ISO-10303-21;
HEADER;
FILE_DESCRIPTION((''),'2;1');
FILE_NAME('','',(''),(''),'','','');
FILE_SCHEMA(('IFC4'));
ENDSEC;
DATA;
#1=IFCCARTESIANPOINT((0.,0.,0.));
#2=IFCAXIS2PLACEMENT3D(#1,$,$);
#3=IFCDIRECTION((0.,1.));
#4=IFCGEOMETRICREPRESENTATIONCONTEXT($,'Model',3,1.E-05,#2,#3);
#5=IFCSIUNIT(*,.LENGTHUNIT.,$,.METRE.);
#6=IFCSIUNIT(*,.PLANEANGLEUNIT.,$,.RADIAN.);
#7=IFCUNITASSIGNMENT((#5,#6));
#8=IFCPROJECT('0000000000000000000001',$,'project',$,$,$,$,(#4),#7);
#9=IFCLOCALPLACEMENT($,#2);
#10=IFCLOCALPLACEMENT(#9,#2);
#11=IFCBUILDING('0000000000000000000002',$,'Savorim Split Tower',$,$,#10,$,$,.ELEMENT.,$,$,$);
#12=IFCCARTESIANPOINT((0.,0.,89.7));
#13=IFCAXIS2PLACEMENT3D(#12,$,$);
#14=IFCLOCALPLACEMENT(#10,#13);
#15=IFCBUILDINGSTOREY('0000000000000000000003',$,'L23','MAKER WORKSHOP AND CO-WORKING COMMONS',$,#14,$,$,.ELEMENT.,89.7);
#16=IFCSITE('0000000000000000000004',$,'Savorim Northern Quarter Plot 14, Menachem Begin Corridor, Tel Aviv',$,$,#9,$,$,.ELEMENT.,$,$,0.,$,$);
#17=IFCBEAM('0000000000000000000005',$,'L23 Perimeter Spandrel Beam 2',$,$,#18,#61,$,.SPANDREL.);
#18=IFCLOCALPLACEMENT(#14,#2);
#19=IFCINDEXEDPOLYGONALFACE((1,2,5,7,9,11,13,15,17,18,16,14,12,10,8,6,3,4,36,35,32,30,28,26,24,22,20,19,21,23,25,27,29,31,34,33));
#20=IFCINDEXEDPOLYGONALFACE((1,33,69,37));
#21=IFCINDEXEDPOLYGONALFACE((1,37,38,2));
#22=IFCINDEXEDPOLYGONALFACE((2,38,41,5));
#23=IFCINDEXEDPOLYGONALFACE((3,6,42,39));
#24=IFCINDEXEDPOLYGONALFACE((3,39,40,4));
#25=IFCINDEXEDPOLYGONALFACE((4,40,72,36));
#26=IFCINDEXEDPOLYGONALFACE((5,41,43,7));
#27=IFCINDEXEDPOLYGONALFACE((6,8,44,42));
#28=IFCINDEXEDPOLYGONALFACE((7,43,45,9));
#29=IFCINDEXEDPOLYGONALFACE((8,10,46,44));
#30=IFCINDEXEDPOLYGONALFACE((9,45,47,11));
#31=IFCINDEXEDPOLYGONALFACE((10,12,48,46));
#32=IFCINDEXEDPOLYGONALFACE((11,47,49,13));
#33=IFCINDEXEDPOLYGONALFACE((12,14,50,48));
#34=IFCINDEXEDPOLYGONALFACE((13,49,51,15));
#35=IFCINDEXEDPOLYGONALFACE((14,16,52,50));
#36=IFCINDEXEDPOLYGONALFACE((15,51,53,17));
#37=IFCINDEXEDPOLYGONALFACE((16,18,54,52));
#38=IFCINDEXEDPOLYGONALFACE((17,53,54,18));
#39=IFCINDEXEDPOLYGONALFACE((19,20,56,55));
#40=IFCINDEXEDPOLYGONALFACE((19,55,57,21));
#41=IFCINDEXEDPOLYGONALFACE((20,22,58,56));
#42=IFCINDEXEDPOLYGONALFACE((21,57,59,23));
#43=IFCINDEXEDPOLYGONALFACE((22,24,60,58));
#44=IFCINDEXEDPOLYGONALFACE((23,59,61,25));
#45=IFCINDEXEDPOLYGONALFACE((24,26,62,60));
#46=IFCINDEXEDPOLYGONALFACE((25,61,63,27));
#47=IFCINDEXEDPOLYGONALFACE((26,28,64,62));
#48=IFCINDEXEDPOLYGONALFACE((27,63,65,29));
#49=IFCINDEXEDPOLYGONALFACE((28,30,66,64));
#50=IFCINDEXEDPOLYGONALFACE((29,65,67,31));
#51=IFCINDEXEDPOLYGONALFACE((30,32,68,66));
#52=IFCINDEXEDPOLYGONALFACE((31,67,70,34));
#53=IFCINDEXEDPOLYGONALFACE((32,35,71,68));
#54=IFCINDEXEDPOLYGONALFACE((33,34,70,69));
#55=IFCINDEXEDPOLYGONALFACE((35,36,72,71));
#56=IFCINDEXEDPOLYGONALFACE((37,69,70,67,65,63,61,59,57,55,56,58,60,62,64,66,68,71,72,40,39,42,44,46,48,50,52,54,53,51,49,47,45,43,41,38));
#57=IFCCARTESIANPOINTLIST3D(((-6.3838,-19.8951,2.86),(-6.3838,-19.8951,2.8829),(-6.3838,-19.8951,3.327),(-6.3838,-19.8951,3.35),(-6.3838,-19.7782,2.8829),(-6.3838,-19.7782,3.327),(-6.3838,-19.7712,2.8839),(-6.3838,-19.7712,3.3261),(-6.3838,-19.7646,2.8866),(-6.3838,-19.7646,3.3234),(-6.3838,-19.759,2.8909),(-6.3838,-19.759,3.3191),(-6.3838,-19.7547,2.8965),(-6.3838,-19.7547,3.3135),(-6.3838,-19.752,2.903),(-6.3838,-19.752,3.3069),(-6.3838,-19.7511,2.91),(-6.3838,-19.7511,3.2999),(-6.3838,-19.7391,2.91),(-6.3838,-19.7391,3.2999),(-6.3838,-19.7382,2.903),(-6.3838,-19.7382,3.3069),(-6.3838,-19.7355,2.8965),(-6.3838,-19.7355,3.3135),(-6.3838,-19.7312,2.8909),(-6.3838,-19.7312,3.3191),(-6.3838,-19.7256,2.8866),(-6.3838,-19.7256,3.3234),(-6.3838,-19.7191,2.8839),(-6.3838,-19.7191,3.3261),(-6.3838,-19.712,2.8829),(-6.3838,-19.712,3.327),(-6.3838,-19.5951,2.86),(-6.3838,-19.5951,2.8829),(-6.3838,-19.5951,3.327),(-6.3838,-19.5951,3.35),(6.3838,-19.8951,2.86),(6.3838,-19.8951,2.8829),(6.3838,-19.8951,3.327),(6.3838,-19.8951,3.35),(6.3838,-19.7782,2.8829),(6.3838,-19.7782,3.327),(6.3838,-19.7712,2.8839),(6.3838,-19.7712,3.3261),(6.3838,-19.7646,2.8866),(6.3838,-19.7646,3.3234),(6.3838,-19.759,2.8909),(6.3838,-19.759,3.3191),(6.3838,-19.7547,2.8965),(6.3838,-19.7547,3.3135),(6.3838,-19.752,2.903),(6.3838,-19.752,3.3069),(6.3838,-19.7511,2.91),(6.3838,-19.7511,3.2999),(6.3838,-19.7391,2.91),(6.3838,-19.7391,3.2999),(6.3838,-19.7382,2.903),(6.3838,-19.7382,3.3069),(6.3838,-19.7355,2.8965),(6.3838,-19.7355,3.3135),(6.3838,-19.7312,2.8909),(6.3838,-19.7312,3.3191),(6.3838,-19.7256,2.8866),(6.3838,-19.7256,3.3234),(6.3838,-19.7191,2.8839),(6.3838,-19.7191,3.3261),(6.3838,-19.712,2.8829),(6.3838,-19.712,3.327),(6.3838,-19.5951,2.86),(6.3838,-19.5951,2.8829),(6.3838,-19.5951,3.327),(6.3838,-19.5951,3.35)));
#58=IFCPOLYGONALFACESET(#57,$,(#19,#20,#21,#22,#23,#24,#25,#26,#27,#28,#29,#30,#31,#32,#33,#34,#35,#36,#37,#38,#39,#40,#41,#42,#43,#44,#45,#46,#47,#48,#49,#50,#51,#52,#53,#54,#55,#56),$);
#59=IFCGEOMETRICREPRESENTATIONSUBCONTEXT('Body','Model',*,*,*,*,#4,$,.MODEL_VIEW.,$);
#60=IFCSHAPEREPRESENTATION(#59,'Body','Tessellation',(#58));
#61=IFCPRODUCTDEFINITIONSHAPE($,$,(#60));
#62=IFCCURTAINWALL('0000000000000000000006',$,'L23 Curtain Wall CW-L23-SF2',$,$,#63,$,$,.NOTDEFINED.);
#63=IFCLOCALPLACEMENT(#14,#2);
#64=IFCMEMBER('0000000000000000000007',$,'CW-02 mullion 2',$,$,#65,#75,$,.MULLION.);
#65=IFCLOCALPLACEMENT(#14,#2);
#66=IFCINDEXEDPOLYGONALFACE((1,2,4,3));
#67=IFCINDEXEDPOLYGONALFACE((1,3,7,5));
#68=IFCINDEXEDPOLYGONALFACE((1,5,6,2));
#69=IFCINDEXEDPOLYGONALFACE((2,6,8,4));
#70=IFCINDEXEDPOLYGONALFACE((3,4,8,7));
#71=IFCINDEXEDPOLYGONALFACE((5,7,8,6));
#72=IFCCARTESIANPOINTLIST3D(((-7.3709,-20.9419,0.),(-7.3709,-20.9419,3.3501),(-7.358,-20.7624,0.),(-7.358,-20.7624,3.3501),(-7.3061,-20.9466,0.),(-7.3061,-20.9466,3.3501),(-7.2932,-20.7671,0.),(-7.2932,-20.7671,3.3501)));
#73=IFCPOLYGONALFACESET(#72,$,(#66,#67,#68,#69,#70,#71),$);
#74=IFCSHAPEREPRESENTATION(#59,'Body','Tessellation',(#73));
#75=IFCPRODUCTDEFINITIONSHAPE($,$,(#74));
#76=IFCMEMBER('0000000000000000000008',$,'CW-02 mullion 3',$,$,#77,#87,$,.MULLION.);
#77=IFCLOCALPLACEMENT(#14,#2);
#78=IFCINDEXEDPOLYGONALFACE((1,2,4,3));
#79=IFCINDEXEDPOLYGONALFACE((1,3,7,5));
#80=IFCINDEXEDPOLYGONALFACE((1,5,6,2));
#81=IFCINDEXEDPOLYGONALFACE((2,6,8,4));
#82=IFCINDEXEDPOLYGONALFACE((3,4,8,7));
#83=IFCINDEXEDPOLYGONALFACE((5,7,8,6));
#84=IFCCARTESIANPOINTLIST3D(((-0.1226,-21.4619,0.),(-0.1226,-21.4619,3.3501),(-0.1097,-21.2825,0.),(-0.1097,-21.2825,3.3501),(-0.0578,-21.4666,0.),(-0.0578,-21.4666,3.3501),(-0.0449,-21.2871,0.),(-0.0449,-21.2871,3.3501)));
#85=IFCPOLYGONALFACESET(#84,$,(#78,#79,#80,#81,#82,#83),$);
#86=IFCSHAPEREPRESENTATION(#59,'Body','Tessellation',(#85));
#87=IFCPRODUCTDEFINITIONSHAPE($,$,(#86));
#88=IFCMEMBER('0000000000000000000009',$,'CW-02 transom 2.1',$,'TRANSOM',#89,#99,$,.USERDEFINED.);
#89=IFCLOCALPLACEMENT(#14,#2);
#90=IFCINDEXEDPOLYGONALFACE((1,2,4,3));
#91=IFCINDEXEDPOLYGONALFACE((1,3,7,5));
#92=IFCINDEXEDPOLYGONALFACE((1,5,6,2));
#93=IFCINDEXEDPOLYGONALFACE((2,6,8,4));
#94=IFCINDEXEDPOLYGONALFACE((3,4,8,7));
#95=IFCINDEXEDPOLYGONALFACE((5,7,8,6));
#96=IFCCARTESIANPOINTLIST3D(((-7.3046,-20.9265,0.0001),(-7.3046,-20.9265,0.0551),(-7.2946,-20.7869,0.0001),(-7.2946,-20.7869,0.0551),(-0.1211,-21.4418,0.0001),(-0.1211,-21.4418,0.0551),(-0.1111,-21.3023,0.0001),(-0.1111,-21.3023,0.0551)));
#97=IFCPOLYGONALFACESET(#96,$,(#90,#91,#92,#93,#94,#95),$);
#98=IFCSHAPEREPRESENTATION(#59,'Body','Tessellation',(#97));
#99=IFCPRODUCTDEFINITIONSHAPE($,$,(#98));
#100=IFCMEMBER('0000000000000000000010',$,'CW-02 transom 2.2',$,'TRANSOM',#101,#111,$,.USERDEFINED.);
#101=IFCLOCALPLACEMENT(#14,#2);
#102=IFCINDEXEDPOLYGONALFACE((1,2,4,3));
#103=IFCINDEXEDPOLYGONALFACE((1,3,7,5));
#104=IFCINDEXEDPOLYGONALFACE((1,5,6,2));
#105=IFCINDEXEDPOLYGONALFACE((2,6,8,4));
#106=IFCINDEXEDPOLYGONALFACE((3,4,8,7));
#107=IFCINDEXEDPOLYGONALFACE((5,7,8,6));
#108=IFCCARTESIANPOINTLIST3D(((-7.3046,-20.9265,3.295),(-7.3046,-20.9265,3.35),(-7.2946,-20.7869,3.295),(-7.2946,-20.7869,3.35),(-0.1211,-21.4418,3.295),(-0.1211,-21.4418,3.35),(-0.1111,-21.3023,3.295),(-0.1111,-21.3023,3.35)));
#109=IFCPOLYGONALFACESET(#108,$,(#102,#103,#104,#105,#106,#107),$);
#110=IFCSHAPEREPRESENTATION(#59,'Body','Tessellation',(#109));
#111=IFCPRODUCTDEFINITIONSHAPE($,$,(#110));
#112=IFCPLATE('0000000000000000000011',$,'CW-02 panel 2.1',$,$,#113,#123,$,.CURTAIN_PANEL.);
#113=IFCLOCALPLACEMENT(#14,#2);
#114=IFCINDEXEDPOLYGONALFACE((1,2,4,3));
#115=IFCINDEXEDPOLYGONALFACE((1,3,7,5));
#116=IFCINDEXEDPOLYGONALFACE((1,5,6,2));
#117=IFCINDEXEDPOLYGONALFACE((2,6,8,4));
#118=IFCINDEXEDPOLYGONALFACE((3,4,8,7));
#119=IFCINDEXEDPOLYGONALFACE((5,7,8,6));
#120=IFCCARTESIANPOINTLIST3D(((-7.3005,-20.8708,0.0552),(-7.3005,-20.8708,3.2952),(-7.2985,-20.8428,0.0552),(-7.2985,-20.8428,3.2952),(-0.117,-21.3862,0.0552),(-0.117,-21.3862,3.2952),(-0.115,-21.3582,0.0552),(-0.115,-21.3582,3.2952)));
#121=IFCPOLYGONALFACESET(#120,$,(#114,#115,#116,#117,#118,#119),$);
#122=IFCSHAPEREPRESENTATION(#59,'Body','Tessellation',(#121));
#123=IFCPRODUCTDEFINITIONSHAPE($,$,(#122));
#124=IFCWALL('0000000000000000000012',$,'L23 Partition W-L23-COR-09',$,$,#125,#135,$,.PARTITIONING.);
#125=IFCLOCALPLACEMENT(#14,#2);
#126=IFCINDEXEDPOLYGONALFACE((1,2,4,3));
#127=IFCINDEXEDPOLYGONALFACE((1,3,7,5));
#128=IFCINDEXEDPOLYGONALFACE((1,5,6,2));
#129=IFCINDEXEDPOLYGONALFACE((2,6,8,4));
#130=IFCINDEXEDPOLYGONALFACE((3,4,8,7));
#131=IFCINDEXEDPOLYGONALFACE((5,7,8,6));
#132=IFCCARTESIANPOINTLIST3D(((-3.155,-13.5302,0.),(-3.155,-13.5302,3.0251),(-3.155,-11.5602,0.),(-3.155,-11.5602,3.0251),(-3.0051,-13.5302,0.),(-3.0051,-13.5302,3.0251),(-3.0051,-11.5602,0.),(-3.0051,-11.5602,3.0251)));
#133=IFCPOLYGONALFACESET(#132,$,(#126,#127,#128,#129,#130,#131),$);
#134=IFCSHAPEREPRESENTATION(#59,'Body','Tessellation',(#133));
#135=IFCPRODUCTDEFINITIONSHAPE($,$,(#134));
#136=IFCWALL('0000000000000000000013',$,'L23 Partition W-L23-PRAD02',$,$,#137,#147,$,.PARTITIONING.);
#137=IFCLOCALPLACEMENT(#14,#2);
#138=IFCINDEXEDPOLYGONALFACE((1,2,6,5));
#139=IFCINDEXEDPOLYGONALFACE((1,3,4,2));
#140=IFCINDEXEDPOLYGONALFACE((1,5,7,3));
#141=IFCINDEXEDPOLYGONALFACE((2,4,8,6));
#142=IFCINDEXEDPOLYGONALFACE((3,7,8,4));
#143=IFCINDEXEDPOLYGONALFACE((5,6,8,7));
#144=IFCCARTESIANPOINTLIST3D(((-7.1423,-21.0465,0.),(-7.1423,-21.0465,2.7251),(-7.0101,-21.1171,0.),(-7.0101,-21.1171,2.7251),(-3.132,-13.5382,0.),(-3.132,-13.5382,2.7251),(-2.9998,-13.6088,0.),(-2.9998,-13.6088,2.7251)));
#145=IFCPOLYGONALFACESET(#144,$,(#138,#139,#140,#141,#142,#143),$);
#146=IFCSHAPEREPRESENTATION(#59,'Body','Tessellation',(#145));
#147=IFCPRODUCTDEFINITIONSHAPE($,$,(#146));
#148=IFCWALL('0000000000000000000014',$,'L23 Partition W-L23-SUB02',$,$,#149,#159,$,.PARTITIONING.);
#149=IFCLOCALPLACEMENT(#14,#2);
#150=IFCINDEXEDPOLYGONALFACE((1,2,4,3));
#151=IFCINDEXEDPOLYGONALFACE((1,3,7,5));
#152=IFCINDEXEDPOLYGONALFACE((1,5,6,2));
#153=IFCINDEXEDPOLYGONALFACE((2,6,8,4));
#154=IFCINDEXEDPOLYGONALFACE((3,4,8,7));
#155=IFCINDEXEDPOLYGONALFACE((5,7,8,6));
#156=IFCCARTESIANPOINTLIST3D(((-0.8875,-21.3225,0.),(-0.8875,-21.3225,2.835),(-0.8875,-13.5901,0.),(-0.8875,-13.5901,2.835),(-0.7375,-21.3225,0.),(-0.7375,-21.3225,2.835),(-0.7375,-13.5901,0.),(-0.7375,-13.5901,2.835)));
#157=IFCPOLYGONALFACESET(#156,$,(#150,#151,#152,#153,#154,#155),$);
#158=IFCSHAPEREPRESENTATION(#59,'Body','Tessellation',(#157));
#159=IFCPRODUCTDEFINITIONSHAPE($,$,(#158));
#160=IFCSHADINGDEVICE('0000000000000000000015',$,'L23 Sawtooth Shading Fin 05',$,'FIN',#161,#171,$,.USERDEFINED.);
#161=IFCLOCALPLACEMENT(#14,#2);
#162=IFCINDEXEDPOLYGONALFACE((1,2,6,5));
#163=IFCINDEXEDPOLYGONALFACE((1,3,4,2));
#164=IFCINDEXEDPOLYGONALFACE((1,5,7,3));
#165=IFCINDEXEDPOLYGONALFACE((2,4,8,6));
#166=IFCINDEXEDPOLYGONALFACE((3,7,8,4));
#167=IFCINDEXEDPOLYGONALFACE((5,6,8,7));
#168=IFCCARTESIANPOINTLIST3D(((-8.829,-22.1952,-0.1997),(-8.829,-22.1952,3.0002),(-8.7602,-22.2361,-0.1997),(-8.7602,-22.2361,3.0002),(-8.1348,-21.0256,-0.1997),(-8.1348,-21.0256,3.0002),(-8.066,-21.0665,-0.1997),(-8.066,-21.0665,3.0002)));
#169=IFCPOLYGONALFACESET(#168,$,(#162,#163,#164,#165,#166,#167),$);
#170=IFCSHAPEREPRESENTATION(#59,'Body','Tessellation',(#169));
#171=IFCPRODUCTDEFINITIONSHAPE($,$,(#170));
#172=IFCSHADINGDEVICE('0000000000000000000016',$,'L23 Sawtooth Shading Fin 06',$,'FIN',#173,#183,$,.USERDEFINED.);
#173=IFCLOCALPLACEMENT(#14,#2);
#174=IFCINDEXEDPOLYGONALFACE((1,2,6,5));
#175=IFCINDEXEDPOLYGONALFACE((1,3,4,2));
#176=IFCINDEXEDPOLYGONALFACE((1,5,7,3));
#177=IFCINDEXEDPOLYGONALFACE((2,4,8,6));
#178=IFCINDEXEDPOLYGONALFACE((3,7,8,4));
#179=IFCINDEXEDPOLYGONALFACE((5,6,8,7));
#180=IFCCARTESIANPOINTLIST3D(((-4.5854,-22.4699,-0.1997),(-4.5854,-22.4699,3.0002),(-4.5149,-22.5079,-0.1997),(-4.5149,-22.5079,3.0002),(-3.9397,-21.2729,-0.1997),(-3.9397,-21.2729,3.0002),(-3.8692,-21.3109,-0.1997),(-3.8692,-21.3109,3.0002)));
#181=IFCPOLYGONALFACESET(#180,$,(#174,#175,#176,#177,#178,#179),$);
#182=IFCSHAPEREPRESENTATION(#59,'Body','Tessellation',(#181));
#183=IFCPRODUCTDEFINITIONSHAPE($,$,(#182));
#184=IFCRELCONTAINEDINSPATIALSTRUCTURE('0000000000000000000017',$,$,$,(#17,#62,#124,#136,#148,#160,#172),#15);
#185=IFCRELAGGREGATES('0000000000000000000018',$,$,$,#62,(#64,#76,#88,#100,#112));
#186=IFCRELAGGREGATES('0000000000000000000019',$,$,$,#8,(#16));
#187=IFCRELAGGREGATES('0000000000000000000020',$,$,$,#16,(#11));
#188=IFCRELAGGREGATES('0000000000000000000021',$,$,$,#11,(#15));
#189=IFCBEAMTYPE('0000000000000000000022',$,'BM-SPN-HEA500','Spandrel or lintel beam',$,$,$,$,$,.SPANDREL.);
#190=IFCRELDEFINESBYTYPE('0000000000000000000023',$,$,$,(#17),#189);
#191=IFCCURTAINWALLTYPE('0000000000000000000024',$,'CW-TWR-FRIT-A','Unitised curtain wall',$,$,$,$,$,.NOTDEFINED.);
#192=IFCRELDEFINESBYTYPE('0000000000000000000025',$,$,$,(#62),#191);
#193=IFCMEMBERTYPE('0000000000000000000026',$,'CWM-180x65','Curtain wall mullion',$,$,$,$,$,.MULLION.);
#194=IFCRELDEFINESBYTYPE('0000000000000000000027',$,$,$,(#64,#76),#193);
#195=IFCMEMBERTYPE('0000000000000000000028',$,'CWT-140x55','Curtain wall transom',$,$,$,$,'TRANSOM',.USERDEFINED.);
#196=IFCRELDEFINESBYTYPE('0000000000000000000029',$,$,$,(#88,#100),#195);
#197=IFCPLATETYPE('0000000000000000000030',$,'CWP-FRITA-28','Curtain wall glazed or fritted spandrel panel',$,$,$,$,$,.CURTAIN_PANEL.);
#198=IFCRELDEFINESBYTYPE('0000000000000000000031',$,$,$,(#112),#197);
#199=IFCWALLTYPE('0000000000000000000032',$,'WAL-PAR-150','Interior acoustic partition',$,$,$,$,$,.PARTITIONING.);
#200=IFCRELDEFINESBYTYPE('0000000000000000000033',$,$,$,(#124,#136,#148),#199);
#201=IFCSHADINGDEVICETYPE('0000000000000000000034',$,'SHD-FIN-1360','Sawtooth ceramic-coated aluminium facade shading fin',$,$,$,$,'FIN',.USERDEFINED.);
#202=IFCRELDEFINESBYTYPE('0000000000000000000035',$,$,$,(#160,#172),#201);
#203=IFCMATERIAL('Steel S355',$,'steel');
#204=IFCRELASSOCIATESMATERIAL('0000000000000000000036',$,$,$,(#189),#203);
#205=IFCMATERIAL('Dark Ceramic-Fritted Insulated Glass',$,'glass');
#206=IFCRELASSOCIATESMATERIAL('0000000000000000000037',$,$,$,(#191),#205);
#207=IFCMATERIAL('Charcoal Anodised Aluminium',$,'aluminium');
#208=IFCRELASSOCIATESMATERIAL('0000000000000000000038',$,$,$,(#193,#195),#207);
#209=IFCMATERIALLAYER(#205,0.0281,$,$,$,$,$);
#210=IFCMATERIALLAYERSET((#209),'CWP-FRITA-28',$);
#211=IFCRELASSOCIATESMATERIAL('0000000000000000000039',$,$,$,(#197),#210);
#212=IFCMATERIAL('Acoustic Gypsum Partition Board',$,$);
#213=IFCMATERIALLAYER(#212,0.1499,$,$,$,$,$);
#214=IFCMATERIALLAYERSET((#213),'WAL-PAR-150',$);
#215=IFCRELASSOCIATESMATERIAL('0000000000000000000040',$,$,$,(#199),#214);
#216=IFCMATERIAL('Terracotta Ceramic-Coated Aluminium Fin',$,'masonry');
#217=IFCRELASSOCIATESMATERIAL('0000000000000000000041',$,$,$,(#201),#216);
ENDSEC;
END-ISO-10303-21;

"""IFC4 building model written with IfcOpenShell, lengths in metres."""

from ifc_helpers import new_model, si_unit, direction, frame, frame_2d, origin, origin_2d, place, context, subcontext, project, spatial, rectangle, i_section, extrude, material, layer, layer_set, material_profile, profile_set, type_object, element, aggregate, save


model = new_model("IFC4")

# Units and contexts
model_context = context("Model", 3, precision=1e-05, world=origin(), true_north=direction((0.0, 1.0)))
body_context = subcontext(model_context, "Body", "Model", "MODEL_VIEW")
ifc_project = project(units=[si_unit("LENGTHUNIT", "METRE"), si_unit("PLANEANGLEUNIT", "RADIAN")], contexts=[model_context])

# Site, building, storey
site_placement = place(None, origin())
site = spatial("IfcSite", under=ifc_project, at=site_placement, Name="Savorim Northern Quarter Plot 14, Menachem Begin Corridor, Tel Aviv", CompositionType="ELEMENT", RefElevation=0.0)
building_placement = place(site_placement, origin())
building = spatial("IfcBuilding", under=site, at=building_placement, Name="Savorim Split Tower", CompositionType="ELEMENT")
storey_placement = place(building_placement, frame((0.0, 0.0, 89.7)))
storey = spatial("IfcBuildingStorey", under=building, at=storey_placement, Name="L23", Description="MAKER WORKSHOP AND CO-WORKING COMMONS", CompositionType="ELEMENT", Elevation=89.7)

# Beam
ifc_material_1 = material(Name="Steel S355", Category="steel")
ifc_material_profile_1 = material_profile(ifc_material_1, i_section(OverallWidth=0.3, OverallDepth=0.49, WebThickness=0.012, FlangeThickness=0.0229, FilletRadius=0.0271, at=origin_2d()), Name="HEA 500")
ifc_profile_set_1 = profile_set([ifc_material_profile_1], Name="Steel S355")
beam_type_1 = type_object("IfcBeamType", Name="BM-SPN-HEA500", Description="Spandrel or lintel beam", PredefinedType="SPANDREL", material=ifc_profile_set_1)
beam_1_placement = place(storey_placement, frame((-6.3838, -19.7451, 3.105), z_axis=(1.0, 0.0, 0.0), x_axis=(0.0, 1.0, 0.0)))
element("IfcBeam", 1, at=beam_1_placement, inside=storey, type_object=beam_type_1, Name="L23 Perimeter Spandrel Beam 2", PredefinedType="SPANDREL", context=body_context, shape_type="SweptSolid", body=[
    extrude(i_section(OverallWidth=0.3, OverallDepth=0.49, WebThickness=0.012, FlangeThickness=0.0229, FilletRadius=0.0271, at=origin_2d()), origin(), (0.0, 0.0, 1.0), 12.7676),
])

# Curtain wall, members, plate
ifc_material_2 = material(Name="Dark Ceramic-Fritted Insulated Glass", Category="glass")
curtain_wall_type = type_object("IfcCurtainWallType", Name="CW-TWR-FRIT-A", Description="Unitised curtain wall", PredefinedType="NOTDEFINED", material=ifc_material_2)
curtain_wall_placement = place(storey_placement, origin())
curtain_wall = element("IfcCurtainWall", 2, at=curtain_wall_placement, inside=storey, type_object=curtain_wall_type, Name="L23 Curtain Wall CW-L23-SF2", PredefinedType="NOTDEFINED")
ifc_material_3 = material(Name="Charcoal Anodised Aluminium", Category="aluminium")
ifc_material_profile_2 = material_profile(ifc_material_3, rectangle(XDim=0.1799, YDim=0.0649, at=origin_2d()), Name="ALU-M 180x65")
ifc_profile_set_2 = profile_set([ifc_material_profile_2], Name="Charcoal Anodised Aluminium")
member_type_1 = type_object("IfcMemberType", Name="CWM-180x65", Description="Curtain wall mullion", PredefinedType="MULLION", material=ifc_profile_set_2)
member_1_placement = place(storey_placement, frame((-7.332, -20.8545, 0.0), z_axis=(0.0, 0.0, 1.0), x_axis=(0.071561, 0.997436, 0.0)))
member_1 = element("IfcMember", 3, at=member_1_placement, type_object=member_type_1, Name="CW-02 mullion 2", PredefinedType="MULLION", context=body_context, shape_type="SweptSolid", body=[
    extrude(rectangle(XDim=0.1799, YDim=0.0649, at=origin_2d()), origin(), (0.0, 0.0, 1.0), 3.3501),
])
member_2_placement = place(storey_placement, frame((-0.0837, -21.3745, 0.0), z_axis=(0.0, 0.0, 1.0), x_axis=(0.071561, 0.997436, 0.0)))
member_2 = element("IfcMember", 4, at=member_2_placement, type_object=member_type_1, Name="CW-02 mullion 3", PredefinedType="MULLION", context=body_context, shape_type="SweptSolid", body=[
    extrude(rectangle(XDim=0.1799, YDim=0.0649, at=origin_2d()), origin(), (0.0, 0.0, 1.0), 3.3501),
])
ifc_material_profile_3 = material_profile(ifc_material_3, rectangle(XDim=0.1399, YDim=0.0549, at=origin_2d()), Name="ALU-T 140x55")
ifc_profile_set_3 = profile_set([ifc_material_profile_3], Name="Charcoal Anodised Aluminium")
member_type_2 = type_object("IfcMemberType", Name="CWT-140x55", Description="Curtain wall transom", ElementType="TRANSOM", PredefinedType="USERDEFINED", material=ifc_profile_set_3)
member_3_placement = place(storey_placement, frame((-7.2996, -20.8567, 0.0276), z_axis=(0.997436, -0.071563, 0.0), x_axis=(0.071563, 0.997436, 0.0)))
member_3 = element("IfcMember", 5, at=member_3_placement, type_object=member_type_2, Name="CW-02 transom 2.1", ObjectType="TRANSOM", PredefinedType="USERDEFINED", context=body_context, shape_type="SweptSolid", body=[
    extrude(rectangle(XDim=0.1399, YDim=0.0549, at=origin_2d()), origin(), (0.0, 0.0, 1.0), 7.2019),
])
member_4_placement = place(storey_placement, frame((-7.2996, -20.8567, 3.3225), z_axis=(0.997436, -0.071563, 0.0), x_axis=(0.071563, 0.997436, 0.0)))
member_4 = element("IfcMember", 6, at=member_4_placement, type_object=member_type_2, Name="CW-02 transom 2.2", ObjectType="TRANSOM", PredefinedType="USERDEFINED", context=body_context, shape_type="SweptSolid", body=[
    extrude(rectangle(XDim=0.1399, YDim=0.0549, at=origin_2d()), origin(), (0.0, 0.0, 1.0), 7.2019),
])
ifc_layer_1 = layer(ifc_material_2, 0.0281)
ifc_layer_set_1 = layer_set([ifc_layer_1], Name="CWP-FRITA-28")
plate_type = type_object("IfcPlateType", Name="CWP-FRITA-28", Description="Curtain wall glazed or fritted spandrel panel", PredefinedType="CURTAIN_PANEL", material=ifc_layer_set_1)
plate_placement = place(storey_placement, frame((-3.7078, -21.1145, 0.0552), z_axis=(0.0, 0.0, 1.0), x_axis=(0.997436, -0.071561, 0.0)))
plate = element("IfcPlate", 7, at=plate_placement, type_object=plate_type, Name="CW-02 panel 2.1", PredefinedType="CURTAIN_PANEL", context=body_context, shape_type="SweptSolid", body=[
    extrude(rectangle(XDim=7.2019, YDim=0.0281, at=origin_2d()), origin(), (0.0, 0.0, 1.0), 3.24),
])
aggregate(curtain_wall, [member_1, member_2, member_3, member_4, plate])

# Walls
ifc_material_4 = material(Name="Acoustic Gypsum Partition Board")
ifc_layer_2 = layer(ifc_material_4, 0.1499)
ifc_layer_set_2 = layer_set([ifc_layer_2], Name="WAL-PAR-150")
wall_type = type_object("IfcWallType", Name="WAL-PAR-150", Description="Interior acoustic partition", PredefinedType="PARTITIONING", material=ifc_layer_set_2)
wall_1_placement = place(storey_placement, frame((-3.0801, -13.53, 0.0), z_axis=(0.0, 0.0, 1.0), x_axis=(0.0, 1.0, 0.0)))
element("IfcWall", 8, at=wall_1_placement, inside=storey, type_object=wall_type, Name="L23 Partition W-L23-COR-09", PredefinedType="PARTITIONING", context=body_context, shape_type="SweptSolid", body=[
    extrude(rectangle(XDim=1.97, YDim=0.1499, at=frame_2d((0.9849, 0.0))), origin(), (0.0, 0.0, 1.0), 3.0251),
])
wall_2_placement = place(storey_placement, frame((-3.0659, -13.5735, 0.0), z_axis=(0.0, 0.0, 1.0), x_axis=(-0.471121, -0.882069, 0.0)))
element("IfcWall", 9, at=wall_2_placement, inside=storey, type_object=wall_type, Name="L23 Partition W-L23-PRAD02", PredefinedType="PARTITIONING", context=body_context, shape_type="SweptSolid", body=[
    extrude(rectangle(XDim=8.5122, YDim=0.1499, at=frame_2d((4.2561, 0.0))), origin(), (0.0, 0.0, 1.0), 2.7251),
])
wall_3_placement = place(storey_placement, frame((-0.8125, -13.5901, 0.0), z_axis=(0.0, 0.0, 1.0), x_axis=(0.0, -1.0, 0.0)))
element("IfcWall", 10, at=wall_3_placement, inside=storey, type_object=wall_type, Name="L23 Partition W-L23-SUB02", PredefinedType="PARTITIONING", context=body_context, shape_type="SweptSolid", body=[
    extrude(rectangle(XDim=7.7324, YDim=0.1499, at=frame_2d((3.8662, 0.0))), origin(), (0.0, 0.0, 1.0), 2.835),
])

# Shading devices
ifc_material_5 = material(Name="Terracotta Ceramic-Coated Aluminium Fin", Category="masonry")
shading_device_type = type_object("IfcShadingDeviceType", Name="SHD-FIN-1360", Description="Sawtooth ceramic-coated aluminium facade shading fin", ElementType="FIN", PredefinedType="USERDEFINED", material=ifc_material_5)
for number, where, z_axis, x_axis, name in (
    (11, (-8.4475, -21.6309, -0.1997), (0.0, 0.0, 1.0), (-0.510391, -0.859942, 0.0), "L23 Sawtooth Shading Fin 05"),
    (12, (-4.2273, -21.8904, -0.1997), (0.0, 0.0, 1.0), (-0.474778, -0.880106, 0.0), "L23 Sawtooth Shading Fin 06"),
):
    element("IfcShadingDevice", number, at=place(storey_placement, frame(where, z_axis=z_axis, x_axis=x_axis)), inside=storey, type_object=shading_device_type, Name=name, ObjectType="FIN", PredefinedType="USERDEFINED", context=body_context, shape_type="SweptSolid", body=[
        extrude(rectangle(XDim=1.3601, YDim=0.0801, at=origin_2d()), origin(), (0.0, 0.0, 1.0), 3.2),
    ])

save(model, "model.ifc")
